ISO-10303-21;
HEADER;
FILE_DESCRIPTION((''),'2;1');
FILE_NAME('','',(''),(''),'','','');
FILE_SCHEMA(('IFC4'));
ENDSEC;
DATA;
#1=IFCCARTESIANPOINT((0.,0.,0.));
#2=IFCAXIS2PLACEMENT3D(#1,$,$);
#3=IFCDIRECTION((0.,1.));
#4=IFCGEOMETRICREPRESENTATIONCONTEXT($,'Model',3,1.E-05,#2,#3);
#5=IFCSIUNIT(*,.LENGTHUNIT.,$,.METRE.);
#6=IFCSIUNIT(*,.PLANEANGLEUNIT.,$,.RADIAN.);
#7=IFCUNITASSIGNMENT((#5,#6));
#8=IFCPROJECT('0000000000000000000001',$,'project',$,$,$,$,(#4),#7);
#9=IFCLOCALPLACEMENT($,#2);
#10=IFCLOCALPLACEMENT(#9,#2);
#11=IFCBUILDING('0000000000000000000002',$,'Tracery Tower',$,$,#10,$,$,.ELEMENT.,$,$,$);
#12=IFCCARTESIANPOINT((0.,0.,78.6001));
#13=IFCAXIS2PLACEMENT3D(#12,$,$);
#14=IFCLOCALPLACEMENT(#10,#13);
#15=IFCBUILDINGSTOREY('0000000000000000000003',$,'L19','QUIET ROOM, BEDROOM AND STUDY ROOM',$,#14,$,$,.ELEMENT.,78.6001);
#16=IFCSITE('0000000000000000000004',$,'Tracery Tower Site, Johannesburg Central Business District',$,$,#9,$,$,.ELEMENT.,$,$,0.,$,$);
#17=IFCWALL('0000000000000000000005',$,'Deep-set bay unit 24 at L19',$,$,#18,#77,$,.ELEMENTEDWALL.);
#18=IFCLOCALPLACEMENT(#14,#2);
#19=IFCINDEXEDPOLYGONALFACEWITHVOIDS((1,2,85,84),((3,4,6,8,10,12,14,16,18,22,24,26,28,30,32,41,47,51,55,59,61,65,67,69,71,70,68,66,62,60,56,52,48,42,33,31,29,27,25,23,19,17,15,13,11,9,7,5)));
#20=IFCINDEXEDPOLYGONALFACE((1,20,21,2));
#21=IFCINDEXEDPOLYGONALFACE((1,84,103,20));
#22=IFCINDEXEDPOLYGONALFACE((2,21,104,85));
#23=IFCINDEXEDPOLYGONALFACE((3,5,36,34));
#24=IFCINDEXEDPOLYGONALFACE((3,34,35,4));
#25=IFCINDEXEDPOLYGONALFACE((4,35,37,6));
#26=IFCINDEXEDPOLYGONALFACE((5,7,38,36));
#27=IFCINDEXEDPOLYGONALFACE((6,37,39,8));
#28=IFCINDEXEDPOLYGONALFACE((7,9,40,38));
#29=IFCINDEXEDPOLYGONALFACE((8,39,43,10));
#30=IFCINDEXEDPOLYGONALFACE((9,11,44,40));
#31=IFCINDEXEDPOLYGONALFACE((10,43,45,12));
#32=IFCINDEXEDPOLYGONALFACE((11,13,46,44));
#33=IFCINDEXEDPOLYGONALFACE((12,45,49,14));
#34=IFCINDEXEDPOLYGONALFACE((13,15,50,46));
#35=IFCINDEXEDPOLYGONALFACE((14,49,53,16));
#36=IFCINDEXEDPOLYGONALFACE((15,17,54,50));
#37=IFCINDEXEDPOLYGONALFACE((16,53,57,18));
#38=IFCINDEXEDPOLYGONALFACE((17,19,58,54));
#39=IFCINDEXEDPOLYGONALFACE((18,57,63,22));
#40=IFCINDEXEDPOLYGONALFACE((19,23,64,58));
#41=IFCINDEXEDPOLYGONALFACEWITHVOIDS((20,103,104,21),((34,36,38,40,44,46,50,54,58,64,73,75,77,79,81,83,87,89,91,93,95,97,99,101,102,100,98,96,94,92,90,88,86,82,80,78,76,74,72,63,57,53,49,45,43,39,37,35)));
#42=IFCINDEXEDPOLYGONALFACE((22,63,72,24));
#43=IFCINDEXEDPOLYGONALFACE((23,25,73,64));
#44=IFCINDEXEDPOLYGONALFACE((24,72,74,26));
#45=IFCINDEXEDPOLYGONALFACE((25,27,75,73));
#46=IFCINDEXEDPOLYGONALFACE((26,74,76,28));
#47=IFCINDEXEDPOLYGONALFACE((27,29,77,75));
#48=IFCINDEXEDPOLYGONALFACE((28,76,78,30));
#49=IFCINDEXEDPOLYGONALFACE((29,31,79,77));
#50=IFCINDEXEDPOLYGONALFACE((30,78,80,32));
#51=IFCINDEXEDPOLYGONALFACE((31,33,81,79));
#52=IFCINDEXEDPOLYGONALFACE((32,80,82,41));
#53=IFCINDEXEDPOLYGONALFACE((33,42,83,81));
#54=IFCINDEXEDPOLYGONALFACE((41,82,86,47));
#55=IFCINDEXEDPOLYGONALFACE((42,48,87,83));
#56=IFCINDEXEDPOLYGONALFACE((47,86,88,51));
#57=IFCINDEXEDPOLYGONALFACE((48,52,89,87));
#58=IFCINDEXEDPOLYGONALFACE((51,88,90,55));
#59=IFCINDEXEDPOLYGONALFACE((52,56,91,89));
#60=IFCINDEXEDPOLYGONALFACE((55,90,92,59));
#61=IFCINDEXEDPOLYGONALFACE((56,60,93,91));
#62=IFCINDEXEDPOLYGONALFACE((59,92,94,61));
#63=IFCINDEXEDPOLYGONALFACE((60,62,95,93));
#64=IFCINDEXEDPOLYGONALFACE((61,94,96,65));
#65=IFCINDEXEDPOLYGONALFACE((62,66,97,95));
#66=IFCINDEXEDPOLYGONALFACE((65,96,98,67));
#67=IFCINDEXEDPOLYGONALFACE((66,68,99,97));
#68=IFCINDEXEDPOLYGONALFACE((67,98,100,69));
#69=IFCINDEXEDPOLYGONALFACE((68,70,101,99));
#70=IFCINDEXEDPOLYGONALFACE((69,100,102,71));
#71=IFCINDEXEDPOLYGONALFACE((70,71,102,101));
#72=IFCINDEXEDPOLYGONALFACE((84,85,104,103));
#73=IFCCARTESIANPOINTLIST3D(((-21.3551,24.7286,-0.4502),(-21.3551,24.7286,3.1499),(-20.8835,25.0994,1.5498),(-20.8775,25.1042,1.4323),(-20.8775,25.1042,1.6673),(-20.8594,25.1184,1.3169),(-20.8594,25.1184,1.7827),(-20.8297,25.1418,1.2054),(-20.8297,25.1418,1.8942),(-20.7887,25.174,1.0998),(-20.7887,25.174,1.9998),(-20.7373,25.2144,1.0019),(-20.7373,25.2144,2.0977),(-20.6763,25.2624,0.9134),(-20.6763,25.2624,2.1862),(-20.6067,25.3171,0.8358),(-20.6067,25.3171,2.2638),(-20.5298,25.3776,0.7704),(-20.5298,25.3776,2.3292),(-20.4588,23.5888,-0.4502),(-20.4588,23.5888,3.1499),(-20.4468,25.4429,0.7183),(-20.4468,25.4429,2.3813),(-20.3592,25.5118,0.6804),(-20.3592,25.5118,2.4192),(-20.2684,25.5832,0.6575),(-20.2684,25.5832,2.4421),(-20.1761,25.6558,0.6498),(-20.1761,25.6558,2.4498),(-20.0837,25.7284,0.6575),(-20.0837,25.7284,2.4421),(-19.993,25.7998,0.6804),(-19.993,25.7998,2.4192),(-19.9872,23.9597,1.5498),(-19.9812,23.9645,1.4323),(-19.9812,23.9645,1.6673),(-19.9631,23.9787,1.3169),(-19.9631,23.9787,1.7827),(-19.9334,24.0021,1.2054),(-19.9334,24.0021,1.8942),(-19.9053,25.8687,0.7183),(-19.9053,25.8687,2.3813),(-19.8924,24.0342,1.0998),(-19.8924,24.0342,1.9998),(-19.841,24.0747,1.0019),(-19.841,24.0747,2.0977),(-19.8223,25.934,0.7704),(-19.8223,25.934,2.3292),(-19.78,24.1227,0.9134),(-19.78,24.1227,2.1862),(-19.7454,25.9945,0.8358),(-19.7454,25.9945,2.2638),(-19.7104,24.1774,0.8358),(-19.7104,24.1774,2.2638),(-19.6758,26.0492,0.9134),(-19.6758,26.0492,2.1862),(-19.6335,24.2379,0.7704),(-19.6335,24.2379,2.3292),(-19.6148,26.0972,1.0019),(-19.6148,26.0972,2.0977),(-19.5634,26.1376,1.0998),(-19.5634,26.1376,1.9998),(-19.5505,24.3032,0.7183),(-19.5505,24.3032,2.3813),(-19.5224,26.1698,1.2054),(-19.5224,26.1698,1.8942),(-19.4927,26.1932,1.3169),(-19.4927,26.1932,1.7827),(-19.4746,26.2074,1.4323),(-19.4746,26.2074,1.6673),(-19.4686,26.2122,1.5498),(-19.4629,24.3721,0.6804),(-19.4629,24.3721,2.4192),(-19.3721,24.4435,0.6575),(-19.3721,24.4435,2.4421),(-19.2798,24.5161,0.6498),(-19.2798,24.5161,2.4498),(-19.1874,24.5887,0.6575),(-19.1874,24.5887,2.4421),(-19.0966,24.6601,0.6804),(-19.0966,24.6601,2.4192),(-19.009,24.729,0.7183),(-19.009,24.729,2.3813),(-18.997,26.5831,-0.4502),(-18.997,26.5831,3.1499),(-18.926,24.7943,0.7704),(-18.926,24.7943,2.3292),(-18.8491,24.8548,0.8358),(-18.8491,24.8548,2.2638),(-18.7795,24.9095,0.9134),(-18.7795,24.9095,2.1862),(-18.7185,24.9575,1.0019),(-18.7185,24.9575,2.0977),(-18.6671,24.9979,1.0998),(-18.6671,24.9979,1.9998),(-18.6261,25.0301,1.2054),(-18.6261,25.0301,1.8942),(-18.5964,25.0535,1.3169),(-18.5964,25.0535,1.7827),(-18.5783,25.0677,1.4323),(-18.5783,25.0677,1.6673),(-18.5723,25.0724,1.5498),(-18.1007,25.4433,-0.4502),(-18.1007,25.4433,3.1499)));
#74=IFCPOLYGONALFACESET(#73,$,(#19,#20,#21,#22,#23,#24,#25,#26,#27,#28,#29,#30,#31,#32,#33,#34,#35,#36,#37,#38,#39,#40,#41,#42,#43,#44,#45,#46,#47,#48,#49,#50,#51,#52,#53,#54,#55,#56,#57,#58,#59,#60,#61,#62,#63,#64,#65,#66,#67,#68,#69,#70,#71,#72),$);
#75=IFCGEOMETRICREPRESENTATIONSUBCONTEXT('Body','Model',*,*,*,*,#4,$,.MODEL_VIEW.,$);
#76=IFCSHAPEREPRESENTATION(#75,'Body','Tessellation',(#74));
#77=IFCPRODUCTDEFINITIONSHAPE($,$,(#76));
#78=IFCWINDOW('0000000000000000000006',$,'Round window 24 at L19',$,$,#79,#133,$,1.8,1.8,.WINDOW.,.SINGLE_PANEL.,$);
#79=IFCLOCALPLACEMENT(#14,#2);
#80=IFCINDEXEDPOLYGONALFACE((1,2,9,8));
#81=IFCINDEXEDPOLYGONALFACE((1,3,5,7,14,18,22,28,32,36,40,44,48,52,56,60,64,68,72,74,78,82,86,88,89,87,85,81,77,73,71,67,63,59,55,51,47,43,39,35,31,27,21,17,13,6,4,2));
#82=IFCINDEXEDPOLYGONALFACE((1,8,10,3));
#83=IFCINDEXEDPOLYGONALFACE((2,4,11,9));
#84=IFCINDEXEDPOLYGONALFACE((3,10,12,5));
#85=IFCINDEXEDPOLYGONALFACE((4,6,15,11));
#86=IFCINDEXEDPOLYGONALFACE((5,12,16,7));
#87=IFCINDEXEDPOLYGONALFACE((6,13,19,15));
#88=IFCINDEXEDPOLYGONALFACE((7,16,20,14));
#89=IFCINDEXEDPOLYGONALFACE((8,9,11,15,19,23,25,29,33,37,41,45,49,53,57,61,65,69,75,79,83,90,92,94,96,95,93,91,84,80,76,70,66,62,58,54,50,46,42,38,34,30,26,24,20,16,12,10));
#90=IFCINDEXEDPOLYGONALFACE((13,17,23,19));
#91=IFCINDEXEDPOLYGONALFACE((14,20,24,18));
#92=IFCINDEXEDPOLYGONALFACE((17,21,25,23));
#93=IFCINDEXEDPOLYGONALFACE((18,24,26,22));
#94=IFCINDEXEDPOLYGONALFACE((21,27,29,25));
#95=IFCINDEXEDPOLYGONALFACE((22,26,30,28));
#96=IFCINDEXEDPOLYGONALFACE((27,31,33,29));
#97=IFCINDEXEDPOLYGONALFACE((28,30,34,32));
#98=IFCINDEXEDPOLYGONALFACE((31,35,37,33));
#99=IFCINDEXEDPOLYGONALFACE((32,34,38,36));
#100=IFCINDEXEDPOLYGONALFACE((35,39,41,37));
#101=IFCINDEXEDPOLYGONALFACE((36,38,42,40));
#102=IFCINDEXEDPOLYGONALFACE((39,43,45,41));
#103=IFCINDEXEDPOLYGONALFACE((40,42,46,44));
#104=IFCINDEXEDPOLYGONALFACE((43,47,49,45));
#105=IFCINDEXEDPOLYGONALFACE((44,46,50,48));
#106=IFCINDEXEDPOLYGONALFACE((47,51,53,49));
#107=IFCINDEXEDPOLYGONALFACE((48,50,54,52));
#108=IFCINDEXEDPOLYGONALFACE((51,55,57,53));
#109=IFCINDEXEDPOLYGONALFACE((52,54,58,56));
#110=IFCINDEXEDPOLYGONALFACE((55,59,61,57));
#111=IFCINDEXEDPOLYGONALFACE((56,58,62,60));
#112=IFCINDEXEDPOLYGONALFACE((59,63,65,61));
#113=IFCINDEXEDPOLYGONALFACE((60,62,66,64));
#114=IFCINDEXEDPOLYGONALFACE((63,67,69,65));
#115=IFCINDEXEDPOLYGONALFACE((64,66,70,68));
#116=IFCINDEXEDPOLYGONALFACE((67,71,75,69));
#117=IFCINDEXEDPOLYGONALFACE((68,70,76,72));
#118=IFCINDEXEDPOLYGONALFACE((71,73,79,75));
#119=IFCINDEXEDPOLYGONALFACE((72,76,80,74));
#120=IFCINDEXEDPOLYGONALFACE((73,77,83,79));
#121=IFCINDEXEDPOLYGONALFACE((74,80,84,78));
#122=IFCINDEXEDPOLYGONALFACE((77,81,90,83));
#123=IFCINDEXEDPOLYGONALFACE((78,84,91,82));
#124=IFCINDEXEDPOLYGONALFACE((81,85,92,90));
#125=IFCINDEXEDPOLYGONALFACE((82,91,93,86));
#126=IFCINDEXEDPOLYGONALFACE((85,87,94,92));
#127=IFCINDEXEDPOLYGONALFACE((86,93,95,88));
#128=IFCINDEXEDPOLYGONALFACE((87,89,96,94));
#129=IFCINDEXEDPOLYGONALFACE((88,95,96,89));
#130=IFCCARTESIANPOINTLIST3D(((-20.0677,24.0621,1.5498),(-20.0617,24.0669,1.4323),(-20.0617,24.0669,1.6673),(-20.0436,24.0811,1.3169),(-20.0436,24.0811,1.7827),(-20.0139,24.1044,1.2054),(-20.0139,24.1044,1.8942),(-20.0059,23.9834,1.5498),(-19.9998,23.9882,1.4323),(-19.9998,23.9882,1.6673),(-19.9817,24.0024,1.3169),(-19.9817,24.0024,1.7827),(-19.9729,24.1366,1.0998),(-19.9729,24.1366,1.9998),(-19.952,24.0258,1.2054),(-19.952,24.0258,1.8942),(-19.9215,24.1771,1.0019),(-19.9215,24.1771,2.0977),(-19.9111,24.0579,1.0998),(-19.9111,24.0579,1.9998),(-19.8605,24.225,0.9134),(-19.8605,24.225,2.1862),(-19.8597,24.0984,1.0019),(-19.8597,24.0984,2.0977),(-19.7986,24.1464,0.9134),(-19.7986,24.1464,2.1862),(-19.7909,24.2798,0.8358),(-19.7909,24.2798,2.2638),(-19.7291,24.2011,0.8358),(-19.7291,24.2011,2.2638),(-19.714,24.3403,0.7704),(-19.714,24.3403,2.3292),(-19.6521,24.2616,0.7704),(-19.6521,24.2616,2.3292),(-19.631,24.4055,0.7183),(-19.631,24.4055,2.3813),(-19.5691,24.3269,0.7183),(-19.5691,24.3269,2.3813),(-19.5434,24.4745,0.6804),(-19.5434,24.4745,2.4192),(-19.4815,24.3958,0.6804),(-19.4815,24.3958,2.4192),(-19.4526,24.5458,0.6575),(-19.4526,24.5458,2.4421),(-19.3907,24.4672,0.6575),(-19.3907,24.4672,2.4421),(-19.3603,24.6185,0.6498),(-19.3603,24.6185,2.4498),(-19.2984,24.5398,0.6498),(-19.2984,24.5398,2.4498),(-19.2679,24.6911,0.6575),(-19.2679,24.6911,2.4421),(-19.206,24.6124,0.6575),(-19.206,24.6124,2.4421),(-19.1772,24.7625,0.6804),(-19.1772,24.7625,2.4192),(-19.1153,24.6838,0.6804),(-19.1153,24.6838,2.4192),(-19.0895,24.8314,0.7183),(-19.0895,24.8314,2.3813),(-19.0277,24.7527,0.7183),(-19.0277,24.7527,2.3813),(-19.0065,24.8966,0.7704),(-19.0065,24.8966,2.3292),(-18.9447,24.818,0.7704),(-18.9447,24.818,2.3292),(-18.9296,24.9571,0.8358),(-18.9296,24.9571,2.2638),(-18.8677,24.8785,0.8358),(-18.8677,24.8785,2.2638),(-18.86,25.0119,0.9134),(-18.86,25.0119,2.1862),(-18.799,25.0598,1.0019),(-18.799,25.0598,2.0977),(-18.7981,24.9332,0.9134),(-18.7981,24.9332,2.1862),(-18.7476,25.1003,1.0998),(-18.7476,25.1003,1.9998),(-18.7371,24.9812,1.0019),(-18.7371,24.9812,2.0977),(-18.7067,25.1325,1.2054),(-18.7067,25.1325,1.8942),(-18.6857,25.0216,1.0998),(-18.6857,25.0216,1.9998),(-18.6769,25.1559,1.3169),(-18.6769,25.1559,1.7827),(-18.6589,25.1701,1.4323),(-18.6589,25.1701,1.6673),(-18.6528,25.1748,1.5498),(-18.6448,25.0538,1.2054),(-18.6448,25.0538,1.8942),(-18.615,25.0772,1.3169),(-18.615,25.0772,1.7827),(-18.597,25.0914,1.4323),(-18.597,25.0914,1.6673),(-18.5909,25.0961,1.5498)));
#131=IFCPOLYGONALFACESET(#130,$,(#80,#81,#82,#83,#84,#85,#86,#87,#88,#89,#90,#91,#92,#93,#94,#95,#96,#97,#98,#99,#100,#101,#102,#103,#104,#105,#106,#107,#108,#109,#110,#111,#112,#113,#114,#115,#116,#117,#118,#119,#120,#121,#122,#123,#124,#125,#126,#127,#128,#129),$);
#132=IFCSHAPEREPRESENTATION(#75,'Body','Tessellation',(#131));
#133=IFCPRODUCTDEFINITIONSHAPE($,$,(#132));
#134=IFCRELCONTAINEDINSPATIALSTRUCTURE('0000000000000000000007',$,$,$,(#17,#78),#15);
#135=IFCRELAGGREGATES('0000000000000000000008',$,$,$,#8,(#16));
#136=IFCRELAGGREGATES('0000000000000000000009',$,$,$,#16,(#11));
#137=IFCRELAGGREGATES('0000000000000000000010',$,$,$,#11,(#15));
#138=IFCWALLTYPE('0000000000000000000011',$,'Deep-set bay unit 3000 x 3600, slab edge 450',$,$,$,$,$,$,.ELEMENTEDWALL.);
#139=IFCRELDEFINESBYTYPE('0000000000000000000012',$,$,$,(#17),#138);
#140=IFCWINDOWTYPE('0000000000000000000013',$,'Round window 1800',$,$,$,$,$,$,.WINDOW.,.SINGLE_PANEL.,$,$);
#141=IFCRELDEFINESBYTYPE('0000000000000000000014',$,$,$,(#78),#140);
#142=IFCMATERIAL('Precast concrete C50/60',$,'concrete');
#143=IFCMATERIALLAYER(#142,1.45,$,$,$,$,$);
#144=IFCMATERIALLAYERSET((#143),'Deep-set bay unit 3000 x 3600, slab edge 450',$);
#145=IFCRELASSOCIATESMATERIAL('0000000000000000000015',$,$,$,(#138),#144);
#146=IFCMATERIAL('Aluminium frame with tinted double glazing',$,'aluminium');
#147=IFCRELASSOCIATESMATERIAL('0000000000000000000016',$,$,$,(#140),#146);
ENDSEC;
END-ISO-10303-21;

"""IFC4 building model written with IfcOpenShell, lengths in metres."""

from ifc_helpers import new_model, si_unit, direction, frame, frame_2d, origin, origin_2d, place, context, subcontext, project, spatial, rectangle, circle, extrude, material, layer, layer_set, type_object, element, fill, save


model = new_model("IFC4")

# Units and contexts
model_context = context("Model", 3, precision=1e-05, world=origin(), true_north=direction((0.0, 1.0)))
body_context = subcontext(model_context, "Body", "Model", "MODEL_VIEW")
ifc_project = project(units=[si_unit("LENGTHUNIT", "METRE"), si_unit("PLANEANGLEUNIT", "RADIAN")], contexts=[model_context])

# Site, building, storey
site_placement = place(None, origin())
site = spatial("IfcSite", under=ifc_project, at=site_placement, Name="Tracery Tower Site, Johannesburg Central Business District", CompositionType="ELEMENT", RefElevation=0.0)
building_placement = place(site_placement, origin())
building = spatial("IfcBuilding", under=site, at=building_placement, Name="Tracery Tower", CompositionType="ELEMENT")
storey_placement = place(building_placement, frame((0.0, 0.0, 78.6001)))
storey = spatial("IfcBuildingStorey", under=building, at=storey_placement, Name="L19", Description="QUIET ROOM, BEDROOM AND STUDY ROOM", CompositionType="ELEMENT", Elevation=78.6001)

# Wall, opening, window
ifc_material_1 = material(Name="Precast concrete C50/60", Category="concrete")
ifc_layer_1 = layer(ifc_material_1, 1.45)
ifc_layer_set_1 = layer_set([ifc_layer_1], Name="Deep-set bay unit 3000 x 3600, slab edge 450")
wall_type_1 = type_object("IfcWallType", Name="Deep-set bay unit 3000 x 3600, slab edge 450", PredefinedType="ELEMENTEDWALL", material=ifc_layer_set_1)
wall_1_placement = place(storey_placement, frame((-18.5488, 26.0132, -0.4502), z_axis=(0.0, 0.0, 1.0), x_axis=(-0.78605, -0.618163, 0.0)))
wall_1 = element("IfcWall", 1, at=wall_1_placement, inside=storey, type_object=wall_type_1, Name="Deep-set bay unit 24 at L19", PredefinedType="ELEMENTEDWALL", context=body_context, shape_type="SweptSolid", body=[
    extrude(rectangle(XDim=3.0, YDim=1.45, at=frame_2d((1.5, 0.0))), origin(), (0.0, 0.0, 1.0), 3.6001),
])
opening_1_placement = place(wall_1_placement, frame((1.5, 0.0, 2.0)))
opening_1 = element("IfcOpeningElement", 2, at=opening_1_placement, cuts=wall_1, PredefinedType="OPENING", context=body_context, shape_type="SweptSolid", body=[
    extrude(circle(Radius=0.9, at=origin_2d()), frame((0.0, 0.7349, 0.0), z_axis=(0.0, -1.0, 0.0), x_axis=(1.0, 0.0, 0.0)), (0.0, 0.0, 1.0), 1.47),
])
ifc_material_2 = material(Name="Aluminium frame with tinted double glazing", Category="aluminium")
window_type = type_object("IfcWindowType", Name="Round window 1800", PartitioningType="SINGLE_PANEL", PredefinedType="WINDOW", material=ifc_material_2)
window_1_placement = place(opening_1_placement, origin())
window_1 = element("IfcWindow", 3, at=window_1_placement, inside=storey, type_object=window_type, Name="Round window 24 at L19", OverallHeight=1.8, OverallWidth=1.8, PartitioningType="SINGLE_PANEL", PredefinedType="WINDOW", context=body_context, shape_type="SweptSolid", body=[
    extrude(circle(Radius=0.9, at=origin_2d()), frame((0.0, 0.6948, 0.0), z_axis=(0.0, -1.0, 0.0), x_axis=(1.0, 0.0, 0.0)), (0.0, 0.0, 1.0), 0.1001),
])
fill(opening_1, window_1)

save(model, "model.ifc")
